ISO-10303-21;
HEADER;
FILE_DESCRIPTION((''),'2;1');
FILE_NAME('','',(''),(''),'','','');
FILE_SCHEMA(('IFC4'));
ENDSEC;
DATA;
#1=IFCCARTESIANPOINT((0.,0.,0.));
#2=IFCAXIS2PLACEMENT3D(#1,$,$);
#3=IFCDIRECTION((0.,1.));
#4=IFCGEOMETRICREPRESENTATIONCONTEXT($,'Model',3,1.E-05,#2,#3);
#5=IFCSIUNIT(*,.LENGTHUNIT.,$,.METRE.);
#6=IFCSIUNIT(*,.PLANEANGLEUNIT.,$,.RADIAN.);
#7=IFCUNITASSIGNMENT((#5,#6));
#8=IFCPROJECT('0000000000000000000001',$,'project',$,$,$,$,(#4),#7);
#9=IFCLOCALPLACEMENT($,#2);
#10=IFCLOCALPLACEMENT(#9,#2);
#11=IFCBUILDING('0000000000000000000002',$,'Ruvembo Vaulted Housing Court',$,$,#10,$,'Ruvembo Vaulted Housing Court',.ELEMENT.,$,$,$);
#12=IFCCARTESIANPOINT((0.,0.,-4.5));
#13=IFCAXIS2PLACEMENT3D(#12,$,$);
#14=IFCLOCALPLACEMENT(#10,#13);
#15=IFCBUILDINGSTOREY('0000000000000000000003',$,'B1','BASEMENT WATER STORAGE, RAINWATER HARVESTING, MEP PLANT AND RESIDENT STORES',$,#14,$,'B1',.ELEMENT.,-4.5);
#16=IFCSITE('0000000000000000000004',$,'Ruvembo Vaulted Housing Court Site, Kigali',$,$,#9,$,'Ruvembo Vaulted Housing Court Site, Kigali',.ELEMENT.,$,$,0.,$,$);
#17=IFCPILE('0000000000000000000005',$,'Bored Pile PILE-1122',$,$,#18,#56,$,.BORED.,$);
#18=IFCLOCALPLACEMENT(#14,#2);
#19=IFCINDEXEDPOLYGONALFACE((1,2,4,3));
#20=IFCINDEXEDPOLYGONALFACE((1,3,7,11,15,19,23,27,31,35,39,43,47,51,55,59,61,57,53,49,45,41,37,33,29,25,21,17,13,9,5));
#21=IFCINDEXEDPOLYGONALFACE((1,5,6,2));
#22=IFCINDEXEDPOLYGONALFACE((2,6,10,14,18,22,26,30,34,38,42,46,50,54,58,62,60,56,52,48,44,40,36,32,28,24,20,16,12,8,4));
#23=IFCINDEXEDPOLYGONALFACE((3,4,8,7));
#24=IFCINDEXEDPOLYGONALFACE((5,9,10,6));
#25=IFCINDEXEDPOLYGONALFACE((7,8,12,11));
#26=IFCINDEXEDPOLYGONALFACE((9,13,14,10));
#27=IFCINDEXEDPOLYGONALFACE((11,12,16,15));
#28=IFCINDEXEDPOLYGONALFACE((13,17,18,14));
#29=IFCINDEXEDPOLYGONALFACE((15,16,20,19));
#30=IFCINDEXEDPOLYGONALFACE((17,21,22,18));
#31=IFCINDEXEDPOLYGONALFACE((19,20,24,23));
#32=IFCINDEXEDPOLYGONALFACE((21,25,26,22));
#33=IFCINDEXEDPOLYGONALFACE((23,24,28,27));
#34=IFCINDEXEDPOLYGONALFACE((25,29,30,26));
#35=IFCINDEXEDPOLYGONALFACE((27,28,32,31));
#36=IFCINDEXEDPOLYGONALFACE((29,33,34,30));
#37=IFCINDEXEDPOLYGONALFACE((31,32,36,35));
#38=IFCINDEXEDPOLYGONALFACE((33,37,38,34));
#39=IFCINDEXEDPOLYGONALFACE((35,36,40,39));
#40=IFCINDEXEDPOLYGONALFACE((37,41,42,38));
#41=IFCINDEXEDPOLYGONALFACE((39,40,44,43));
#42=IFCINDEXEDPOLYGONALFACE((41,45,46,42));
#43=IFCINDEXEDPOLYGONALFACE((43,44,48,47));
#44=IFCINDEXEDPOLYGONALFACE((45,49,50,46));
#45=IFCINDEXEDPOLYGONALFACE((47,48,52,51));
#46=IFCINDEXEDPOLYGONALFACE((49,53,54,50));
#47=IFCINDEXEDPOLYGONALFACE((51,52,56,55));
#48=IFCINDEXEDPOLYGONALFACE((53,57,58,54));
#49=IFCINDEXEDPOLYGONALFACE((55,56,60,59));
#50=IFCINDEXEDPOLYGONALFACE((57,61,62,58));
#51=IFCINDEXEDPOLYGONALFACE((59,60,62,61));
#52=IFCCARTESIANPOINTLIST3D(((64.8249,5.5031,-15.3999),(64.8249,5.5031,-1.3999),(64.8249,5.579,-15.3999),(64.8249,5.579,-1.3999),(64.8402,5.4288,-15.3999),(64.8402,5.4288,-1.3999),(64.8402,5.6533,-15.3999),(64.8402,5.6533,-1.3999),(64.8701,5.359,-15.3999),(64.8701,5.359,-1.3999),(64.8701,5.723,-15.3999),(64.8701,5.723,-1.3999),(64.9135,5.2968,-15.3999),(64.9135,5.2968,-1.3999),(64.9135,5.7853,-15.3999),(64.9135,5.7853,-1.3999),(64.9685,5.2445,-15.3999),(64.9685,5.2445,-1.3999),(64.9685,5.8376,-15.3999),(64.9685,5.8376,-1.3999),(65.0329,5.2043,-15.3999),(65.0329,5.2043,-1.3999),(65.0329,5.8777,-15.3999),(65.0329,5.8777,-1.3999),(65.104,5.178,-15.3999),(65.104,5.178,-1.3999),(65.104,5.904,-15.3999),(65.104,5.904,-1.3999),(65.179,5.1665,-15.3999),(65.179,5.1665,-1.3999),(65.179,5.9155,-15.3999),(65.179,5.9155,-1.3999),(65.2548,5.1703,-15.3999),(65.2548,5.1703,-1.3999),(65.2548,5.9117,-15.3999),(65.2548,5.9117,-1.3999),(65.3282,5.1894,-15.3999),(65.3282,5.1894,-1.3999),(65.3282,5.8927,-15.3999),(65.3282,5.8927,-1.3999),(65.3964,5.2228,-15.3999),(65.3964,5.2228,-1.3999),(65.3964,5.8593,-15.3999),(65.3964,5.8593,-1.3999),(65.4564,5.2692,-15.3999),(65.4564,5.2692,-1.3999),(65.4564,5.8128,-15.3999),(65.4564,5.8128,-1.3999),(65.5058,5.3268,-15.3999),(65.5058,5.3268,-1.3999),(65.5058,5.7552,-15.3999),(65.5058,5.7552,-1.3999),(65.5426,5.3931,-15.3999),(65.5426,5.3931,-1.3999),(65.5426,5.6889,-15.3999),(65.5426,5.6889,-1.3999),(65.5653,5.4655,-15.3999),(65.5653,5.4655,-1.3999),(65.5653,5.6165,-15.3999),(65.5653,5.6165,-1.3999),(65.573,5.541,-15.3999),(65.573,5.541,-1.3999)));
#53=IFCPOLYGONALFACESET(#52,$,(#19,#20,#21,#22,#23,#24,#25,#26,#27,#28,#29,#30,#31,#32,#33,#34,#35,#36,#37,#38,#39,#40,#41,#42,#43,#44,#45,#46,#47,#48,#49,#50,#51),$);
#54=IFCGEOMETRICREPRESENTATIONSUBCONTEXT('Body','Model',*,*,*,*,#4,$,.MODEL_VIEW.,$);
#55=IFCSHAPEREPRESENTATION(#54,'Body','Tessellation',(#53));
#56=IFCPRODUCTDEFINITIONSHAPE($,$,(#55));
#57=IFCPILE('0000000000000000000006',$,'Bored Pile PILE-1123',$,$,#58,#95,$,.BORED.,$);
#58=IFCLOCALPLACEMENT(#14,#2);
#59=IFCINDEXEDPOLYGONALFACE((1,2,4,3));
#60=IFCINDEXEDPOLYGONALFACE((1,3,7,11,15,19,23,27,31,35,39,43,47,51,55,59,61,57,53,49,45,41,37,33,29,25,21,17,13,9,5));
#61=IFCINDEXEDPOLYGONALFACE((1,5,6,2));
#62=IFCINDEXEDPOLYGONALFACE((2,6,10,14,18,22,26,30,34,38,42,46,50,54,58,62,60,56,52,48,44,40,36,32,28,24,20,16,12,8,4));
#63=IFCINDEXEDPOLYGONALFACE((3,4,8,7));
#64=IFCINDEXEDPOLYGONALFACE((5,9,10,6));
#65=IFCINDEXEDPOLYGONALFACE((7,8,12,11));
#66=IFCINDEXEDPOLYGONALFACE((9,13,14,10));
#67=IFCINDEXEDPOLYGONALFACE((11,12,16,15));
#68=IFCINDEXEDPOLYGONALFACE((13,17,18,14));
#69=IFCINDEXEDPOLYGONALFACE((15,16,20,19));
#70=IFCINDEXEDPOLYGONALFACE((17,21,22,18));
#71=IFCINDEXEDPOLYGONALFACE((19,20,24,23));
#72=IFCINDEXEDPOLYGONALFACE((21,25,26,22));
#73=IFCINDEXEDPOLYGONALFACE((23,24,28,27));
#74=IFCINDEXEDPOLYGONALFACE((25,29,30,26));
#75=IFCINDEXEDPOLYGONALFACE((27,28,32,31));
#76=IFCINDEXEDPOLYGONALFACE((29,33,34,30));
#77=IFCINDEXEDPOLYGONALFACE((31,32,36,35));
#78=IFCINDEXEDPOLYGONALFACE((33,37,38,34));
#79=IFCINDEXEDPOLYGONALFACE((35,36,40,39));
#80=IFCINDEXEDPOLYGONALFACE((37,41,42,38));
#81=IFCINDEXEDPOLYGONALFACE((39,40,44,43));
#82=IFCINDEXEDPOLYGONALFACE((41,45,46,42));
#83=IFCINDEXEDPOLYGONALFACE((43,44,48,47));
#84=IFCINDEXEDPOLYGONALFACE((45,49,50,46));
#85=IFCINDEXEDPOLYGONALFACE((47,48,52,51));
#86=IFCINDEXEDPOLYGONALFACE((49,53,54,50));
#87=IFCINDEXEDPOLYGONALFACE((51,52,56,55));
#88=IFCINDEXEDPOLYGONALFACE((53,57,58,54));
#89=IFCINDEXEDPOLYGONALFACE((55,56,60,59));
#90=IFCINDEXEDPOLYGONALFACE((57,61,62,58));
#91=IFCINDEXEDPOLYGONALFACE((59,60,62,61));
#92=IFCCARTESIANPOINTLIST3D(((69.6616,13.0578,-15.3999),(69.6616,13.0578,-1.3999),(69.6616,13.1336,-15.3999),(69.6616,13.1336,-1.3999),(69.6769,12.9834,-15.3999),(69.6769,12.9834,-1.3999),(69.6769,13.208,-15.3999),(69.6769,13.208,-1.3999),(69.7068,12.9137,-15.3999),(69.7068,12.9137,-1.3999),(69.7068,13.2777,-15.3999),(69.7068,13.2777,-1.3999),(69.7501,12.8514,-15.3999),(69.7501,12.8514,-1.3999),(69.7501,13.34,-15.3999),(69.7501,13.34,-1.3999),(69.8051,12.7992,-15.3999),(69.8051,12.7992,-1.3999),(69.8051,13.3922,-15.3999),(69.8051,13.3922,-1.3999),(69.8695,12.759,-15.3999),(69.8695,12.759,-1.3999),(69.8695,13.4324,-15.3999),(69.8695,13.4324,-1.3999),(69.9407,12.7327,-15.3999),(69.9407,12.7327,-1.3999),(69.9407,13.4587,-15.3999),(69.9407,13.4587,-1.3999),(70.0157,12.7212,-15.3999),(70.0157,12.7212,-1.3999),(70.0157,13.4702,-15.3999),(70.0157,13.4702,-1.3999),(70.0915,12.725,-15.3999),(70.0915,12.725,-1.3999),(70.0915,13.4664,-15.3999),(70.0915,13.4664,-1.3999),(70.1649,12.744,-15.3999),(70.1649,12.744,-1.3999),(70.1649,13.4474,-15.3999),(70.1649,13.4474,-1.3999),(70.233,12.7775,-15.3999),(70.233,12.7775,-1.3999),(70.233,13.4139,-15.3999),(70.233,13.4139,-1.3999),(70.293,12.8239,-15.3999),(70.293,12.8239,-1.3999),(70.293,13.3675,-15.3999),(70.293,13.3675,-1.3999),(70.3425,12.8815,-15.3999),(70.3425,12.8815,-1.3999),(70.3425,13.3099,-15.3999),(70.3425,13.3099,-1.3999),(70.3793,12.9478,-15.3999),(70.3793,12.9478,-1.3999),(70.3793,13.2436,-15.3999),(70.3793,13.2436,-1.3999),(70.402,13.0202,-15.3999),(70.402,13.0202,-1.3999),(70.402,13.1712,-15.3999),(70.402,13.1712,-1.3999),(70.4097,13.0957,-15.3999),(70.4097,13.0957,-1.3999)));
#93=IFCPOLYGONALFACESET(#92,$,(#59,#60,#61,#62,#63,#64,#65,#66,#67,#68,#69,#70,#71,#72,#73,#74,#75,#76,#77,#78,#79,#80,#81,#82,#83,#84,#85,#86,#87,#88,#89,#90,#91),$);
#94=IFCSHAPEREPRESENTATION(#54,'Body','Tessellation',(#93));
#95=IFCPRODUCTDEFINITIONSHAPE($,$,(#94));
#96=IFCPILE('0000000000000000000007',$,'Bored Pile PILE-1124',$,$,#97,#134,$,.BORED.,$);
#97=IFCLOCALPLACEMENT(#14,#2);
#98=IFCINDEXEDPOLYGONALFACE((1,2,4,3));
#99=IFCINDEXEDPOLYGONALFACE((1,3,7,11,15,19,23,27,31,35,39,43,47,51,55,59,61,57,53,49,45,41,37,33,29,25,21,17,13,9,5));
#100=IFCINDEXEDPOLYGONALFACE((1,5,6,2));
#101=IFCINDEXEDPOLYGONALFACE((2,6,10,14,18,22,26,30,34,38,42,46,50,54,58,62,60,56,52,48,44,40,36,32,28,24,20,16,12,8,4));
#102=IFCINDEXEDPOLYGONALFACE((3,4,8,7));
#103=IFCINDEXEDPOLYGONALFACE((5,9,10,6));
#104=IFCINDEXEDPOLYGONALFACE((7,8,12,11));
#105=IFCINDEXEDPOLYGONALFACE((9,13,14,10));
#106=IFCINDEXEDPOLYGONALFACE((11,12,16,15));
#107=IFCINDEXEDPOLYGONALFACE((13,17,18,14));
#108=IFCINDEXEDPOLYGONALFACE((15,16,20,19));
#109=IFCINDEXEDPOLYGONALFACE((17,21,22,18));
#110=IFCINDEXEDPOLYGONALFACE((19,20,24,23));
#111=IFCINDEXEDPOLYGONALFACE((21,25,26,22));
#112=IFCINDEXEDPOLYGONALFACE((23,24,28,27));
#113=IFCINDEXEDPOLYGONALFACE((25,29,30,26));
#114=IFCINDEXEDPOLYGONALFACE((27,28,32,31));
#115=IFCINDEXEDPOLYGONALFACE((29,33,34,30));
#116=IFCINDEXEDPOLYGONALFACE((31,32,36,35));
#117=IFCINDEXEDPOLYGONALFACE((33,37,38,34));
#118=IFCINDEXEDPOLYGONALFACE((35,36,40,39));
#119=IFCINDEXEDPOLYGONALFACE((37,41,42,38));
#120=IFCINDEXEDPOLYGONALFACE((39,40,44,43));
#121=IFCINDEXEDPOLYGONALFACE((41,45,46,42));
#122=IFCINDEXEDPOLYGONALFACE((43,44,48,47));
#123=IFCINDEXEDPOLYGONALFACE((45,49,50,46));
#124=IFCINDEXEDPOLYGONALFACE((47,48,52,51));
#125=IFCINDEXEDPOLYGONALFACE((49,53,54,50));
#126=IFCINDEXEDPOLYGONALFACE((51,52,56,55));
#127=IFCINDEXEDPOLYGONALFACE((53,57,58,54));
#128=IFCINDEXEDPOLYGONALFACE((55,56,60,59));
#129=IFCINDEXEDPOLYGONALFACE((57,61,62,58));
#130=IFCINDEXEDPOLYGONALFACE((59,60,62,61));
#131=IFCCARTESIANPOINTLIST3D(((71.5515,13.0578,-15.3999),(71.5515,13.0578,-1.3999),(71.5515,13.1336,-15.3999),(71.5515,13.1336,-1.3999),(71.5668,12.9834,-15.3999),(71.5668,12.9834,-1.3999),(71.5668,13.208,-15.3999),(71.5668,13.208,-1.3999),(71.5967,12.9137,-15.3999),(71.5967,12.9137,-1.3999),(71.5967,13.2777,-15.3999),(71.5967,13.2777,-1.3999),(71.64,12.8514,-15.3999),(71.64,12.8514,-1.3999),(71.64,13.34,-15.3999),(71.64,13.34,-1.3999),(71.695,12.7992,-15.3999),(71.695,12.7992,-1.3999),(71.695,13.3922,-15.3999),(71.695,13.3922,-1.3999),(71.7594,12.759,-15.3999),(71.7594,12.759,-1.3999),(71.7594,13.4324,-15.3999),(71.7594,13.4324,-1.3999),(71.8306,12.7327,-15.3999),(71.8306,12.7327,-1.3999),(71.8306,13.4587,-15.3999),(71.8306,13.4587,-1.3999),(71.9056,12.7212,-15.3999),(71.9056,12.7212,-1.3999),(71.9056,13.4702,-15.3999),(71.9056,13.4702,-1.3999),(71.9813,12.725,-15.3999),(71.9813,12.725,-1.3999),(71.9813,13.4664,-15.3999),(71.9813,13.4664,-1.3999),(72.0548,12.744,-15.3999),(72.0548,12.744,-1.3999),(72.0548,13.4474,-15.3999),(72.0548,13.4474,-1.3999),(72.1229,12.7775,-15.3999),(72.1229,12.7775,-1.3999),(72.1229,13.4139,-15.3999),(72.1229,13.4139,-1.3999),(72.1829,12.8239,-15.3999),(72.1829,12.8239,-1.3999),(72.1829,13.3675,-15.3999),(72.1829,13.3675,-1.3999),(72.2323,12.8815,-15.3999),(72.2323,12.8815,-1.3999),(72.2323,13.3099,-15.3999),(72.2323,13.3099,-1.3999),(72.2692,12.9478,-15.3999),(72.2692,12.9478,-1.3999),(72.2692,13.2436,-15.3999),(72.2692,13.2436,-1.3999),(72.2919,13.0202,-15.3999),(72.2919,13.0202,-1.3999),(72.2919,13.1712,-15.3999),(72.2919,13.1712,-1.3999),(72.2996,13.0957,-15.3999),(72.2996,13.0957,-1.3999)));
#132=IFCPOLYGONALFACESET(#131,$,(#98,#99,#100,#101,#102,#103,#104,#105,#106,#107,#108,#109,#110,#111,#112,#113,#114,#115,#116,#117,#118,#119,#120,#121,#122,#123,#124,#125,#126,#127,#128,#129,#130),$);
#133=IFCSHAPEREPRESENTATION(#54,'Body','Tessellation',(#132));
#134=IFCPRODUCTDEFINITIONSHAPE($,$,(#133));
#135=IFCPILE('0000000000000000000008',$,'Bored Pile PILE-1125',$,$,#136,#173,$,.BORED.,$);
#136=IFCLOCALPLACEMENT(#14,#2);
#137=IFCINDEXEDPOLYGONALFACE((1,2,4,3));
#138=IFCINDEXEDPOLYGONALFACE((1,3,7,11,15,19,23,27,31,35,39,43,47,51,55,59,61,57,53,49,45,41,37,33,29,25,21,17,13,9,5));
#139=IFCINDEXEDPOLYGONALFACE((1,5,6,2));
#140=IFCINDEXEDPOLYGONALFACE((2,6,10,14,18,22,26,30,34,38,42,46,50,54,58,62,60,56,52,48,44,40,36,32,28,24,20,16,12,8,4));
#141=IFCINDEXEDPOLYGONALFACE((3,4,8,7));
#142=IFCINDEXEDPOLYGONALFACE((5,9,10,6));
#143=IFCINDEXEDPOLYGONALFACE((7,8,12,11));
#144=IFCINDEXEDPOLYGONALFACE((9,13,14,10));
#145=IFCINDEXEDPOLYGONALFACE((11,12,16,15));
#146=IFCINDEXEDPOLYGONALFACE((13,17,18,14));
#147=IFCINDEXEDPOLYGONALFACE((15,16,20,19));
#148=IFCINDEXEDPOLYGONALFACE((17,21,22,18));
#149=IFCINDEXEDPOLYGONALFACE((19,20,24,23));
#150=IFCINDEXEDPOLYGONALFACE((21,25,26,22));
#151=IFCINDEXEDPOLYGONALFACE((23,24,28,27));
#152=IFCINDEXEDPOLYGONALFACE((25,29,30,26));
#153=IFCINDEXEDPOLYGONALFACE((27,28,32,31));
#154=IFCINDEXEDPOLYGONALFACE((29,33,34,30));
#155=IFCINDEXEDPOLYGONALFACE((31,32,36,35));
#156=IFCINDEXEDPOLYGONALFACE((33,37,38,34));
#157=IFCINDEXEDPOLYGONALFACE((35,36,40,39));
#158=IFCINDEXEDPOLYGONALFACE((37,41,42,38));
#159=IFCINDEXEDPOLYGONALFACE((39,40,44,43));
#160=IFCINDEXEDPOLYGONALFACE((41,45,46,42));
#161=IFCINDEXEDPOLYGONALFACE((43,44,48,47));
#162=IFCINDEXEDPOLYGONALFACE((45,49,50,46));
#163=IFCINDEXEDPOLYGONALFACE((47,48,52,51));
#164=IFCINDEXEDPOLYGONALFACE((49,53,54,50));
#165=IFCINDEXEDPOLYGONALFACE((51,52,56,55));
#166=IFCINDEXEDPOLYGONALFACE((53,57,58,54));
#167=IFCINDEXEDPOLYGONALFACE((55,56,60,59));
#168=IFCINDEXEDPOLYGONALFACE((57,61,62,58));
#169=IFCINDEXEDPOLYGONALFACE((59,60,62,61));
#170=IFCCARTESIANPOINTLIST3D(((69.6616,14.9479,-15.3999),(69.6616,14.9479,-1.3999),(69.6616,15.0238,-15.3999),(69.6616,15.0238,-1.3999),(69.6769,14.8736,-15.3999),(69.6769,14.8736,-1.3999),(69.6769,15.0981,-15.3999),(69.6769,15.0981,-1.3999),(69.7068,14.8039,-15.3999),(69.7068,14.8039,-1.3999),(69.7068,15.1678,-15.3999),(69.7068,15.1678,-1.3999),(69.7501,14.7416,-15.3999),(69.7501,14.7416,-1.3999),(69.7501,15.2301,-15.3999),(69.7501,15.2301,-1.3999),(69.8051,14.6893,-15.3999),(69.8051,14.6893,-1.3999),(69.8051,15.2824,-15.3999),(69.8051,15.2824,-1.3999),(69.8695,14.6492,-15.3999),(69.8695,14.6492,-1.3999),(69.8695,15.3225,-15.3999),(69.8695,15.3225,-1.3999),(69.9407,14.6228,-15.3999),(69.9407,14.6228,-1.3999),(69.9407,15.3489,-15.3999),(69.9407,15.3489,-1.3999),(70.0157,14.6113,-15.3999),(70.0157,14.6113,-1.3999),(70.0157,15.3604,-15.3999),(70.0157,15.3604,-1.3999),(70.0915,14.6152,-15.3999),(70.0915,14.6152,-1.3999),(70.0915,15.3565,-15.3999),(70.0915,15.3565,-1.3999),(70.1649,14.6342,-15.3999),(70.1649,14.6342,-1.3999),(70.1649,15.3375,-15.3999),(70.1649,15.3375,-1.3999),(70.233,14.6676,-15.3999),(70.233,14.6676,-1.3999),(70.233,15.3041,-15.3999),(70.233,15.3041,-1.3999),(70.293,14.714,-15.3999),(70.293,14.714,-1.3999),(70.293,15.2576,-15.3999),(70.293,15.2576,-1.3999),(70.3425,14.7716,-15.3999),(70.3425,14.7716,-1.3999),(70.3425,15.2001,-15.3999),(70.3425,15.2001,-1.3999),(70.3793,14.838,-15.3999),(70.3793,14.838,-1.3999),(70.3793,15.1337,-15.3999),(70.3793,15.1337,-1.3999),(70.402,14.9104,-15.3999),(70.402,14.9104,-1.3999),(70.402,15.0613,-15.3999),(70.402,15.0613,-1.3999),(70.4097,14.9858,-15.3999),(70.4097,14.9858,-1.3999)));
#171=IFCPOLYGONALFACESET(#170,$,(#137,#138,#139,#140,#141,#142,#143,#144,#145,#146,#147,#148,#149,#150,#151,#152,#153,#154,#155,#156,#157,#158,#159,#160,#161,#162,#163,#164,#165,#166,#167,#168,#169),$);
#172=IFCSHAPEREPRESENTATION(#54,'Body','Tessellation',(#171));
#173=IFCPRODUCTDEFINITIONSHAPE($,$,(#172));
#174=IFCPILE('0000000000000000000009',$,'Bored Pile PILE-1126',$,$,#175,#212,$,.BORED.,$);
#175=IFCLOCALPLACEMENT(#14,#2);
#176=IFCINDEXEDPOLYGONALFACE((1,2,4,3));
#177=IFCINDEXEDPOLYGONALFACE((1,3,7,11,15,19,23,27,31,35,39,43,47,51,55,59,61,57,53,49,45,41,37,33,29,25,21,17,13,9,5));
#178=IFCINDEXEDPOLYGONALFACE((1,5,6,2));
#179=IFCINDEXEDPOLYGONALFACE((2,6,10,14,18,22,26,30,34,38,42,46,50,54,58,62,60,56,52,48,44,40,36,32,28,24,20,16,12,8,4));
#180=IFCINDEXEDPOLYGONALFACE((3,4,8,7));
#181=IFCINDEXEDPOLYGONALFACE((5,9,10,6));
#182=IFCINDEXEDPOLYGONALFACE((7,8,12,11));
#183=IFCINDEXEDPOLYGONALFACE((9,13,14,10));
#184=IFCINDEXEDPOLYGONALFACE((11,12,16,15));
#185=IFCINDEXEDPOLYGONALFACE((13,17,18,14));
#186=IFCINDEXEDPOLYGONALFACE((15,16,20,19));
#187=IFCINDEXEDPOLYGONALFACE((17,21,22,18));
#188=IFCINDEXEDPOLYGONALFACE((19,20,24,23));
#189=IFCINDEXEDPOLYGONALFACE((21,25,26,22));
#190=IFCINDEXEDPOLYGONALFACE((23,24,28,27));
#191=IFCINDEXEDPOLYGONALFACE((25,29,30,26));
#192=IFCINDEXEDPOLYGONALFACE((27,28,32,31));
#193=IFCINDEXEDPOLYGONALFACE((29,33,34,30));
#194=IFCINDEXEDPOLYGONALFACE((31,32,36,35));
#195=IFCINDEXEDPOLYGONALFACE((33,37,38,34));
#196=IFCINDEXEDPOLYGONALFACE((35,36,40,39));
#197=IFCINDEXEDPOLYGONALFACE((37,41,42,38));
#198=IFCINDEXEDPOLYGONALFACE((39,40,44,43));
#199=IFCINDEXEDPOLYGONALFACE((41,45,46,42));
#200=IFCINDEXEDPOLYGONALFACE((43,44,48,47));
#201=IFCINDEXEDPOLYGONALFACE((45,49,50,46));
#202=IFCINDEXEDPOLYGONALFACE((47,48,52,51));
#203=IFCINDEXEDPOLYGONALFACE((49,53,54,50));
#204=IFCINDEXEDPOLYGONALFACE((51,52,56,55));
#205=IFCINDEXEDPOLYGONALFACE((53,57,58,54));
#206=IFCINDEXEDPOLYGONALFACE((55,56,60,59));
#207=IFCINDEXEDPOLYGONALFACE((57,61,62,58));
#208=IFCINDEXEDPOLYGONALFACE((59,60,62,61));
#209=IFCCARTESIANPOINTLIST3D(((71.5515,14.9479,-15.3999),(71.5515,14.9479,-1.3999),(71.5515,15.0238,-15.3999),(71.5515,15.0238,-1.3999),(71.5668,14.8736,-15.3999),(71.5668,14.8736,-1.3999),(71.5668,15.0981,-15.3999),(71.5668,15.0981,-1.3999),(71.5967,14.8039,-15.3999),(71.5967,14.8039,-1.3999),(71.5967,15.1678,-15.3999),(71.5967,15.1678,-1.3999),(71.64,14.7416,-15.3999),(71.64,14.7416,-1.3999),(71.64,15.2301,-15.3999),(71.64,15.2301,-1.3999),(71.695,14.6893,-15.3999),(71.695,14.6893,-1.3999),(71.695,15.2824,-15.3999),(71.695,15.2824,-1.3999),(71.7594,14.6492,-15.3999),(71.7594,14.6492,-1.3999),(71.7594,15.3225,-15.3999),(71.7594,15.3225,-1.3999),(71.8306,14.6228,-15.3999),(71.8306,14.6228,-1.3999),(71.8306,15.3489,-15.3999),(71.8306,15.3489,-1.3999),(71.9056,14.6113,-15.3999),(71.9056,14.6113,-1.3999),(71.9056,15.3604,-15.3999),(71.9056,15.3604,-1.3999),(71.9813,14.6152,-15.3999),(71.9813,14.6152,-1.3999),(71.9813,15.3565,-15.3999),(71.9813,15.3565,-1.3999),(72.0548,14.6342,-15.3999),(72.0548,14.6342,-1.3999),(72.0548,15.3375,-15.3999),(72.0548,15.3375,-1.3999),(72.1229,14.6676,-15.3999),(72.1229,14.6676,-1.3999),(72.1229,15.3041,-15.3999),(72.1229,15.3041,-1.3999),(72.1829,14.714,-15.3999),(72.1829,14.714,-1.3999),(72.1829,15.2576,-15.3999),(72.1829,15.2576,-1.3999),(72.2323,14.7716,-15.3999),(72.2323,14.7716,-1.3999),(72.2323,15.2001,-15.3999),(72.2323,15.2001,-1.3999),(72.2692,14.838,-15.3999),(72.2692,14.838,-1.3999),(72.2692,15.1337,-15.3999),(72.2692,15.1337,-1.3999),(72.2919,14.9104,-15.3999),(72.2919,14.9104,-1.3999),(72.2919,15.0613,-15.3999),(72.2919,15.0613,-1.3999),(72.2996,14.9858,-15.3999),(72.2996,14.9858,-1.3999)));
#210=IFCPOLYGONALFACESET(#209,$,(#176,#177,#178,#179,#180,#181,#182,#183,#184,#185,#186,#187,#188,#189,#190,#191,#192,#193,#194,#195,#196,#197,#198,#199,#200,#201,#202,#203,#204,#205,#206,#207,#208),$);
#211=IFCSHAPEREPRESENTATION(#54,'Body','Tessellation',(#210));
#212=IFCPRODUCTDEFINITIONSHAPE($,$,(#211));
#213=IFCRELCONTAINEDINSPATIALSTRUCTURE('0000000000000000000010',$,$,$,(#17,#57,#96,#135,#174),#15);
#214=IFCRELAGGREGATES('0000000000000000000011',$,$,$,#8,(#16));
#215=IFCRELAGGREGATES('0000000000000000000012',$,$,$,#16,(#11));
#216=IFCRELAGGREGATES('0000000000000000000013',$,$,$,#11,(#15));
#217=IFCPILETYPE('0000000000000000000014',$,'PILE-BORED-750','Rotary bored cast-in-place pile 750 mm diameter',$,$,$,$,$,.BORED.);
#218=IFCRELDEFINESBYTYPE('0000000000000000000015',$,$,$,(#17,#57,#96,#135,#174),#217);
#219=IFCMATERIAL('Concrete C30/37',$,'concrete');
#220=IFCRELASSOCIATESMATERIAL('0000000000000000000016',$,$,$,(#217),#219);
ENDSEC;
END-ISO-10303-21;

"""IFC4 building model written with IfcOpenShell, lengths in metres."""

from ifc_helpers import new_model, si_unit, direction, frame, origin, origin_2d, place, context, subcontext, project, spatial, circle, extrude, material, material_profile, profile_set, type_object, element, save


model = new_model("IFC4")

# Units and contexts
model_context = context("Model", 3, precision=1e-05, world=origin(), true_north=direction((0.0, 1.0)))
body_context = subcontext(model_context, "Body", "Model", "MODEL_VIEW")
ifc_project = project(units=[si_unit("LENGTHUNIT", "METRE"), si_unit("PLANEANGLEUNIT", "RADIAN")], contexts=[model_context])

# Site, building, storey
site_placement = place(None, origin())
site = spatial("IfcSite", under=ifc_project, at=site_placement, Name="Ruvembo Vaulted Housing Court Site, Kigali", LongName="Ruvembo Vaulted Housing Court Site, Kigali", CompositionType="ELEMENT", RefElevation=0.0)
building_placement = place(site_placement, origin())
building = spatial("IfcBuilding", under=site, at=building_placement, Name="Ruvembo Vaulted Housing Court", LongName="Ruvembo Vaulted Housing Court", CompositionType="ELEMENT")
storey_placement = place(building_placement, frame((0.0, 0.0, -4.5)))
storey = spatial("IfcBuildingStorey", under=building, at=storey_placement, Name="B1", Description="BASEMENT WATER STORAGE, RAINWATER HARVESTING, MEP PLANT AND RESIDENT STORES", LongName="B1", CompositionType="ELEMENT", Elevation=-4.5)

# Piles
ifc_material_1 = material(Name="Concrete C30/37", Category="concrete")
ifc_material_profile_1 = material_profile(ifc_material_1, circle(Radius=0.375, at=origin_2d()), Name="PILE D750")
ifc_profile_set_1 = profile_set([ifc_material_profile_1], Name="Concrete C30/37")
pile_type = type_object("IfcPileType", Name="PILE-BORED-750", Description="Rotary bored cast-in-place pile 750 mm diameter", PredefinedType="BORED", material=ifc_profile_set_1)
for number, where, z_axis, x_axis, name in (
    (1, (65.198, 5.541, -1.3999), (0.0, 0.0, -1.0), (1.0, 0.0, 0.0), "Bored Pile PILE-1122"),
    (2, (70.0347, 13.0957, -1.3999), (0.0, 0.0, -1.0), (1.0, 0.0, 0.0), "Bored Pile PILE-1123"),
    (3, (71.9246, 13.0957, -1.3999), (0.0, 0.0, -1.0), (1.0, 0.0, 0.0), "Bored Pile PILE-1124"),
    (4, (70.0347, 14.9858, -1.3999), (0.0, 0.0, -1.0), (1.0, 0.0, 0.0), "Bored Pile PILE-1125"),
    (5, (71.9246, 14.9858, -1.3999), (0.0, 0.0, -1.0), (1.0, 0.0, 0.0), "Bored Pile PILE-1126"),
):
    element("IfcPile", number, at=place(storey_placement, frame(where, z_axis=z_axis, x_axis=x_axis)), inside=storey, type_object=pile_type, Name=name, PredefinedType="BORED", context=body_context, shape_type="SweptSolid", body=[
        extrude(circle(Radius=0.375, at=origin_2d()), origin(), (0.0, 0.0, 1.0), 14.0),
    ])

save(model, "model.ifc")
